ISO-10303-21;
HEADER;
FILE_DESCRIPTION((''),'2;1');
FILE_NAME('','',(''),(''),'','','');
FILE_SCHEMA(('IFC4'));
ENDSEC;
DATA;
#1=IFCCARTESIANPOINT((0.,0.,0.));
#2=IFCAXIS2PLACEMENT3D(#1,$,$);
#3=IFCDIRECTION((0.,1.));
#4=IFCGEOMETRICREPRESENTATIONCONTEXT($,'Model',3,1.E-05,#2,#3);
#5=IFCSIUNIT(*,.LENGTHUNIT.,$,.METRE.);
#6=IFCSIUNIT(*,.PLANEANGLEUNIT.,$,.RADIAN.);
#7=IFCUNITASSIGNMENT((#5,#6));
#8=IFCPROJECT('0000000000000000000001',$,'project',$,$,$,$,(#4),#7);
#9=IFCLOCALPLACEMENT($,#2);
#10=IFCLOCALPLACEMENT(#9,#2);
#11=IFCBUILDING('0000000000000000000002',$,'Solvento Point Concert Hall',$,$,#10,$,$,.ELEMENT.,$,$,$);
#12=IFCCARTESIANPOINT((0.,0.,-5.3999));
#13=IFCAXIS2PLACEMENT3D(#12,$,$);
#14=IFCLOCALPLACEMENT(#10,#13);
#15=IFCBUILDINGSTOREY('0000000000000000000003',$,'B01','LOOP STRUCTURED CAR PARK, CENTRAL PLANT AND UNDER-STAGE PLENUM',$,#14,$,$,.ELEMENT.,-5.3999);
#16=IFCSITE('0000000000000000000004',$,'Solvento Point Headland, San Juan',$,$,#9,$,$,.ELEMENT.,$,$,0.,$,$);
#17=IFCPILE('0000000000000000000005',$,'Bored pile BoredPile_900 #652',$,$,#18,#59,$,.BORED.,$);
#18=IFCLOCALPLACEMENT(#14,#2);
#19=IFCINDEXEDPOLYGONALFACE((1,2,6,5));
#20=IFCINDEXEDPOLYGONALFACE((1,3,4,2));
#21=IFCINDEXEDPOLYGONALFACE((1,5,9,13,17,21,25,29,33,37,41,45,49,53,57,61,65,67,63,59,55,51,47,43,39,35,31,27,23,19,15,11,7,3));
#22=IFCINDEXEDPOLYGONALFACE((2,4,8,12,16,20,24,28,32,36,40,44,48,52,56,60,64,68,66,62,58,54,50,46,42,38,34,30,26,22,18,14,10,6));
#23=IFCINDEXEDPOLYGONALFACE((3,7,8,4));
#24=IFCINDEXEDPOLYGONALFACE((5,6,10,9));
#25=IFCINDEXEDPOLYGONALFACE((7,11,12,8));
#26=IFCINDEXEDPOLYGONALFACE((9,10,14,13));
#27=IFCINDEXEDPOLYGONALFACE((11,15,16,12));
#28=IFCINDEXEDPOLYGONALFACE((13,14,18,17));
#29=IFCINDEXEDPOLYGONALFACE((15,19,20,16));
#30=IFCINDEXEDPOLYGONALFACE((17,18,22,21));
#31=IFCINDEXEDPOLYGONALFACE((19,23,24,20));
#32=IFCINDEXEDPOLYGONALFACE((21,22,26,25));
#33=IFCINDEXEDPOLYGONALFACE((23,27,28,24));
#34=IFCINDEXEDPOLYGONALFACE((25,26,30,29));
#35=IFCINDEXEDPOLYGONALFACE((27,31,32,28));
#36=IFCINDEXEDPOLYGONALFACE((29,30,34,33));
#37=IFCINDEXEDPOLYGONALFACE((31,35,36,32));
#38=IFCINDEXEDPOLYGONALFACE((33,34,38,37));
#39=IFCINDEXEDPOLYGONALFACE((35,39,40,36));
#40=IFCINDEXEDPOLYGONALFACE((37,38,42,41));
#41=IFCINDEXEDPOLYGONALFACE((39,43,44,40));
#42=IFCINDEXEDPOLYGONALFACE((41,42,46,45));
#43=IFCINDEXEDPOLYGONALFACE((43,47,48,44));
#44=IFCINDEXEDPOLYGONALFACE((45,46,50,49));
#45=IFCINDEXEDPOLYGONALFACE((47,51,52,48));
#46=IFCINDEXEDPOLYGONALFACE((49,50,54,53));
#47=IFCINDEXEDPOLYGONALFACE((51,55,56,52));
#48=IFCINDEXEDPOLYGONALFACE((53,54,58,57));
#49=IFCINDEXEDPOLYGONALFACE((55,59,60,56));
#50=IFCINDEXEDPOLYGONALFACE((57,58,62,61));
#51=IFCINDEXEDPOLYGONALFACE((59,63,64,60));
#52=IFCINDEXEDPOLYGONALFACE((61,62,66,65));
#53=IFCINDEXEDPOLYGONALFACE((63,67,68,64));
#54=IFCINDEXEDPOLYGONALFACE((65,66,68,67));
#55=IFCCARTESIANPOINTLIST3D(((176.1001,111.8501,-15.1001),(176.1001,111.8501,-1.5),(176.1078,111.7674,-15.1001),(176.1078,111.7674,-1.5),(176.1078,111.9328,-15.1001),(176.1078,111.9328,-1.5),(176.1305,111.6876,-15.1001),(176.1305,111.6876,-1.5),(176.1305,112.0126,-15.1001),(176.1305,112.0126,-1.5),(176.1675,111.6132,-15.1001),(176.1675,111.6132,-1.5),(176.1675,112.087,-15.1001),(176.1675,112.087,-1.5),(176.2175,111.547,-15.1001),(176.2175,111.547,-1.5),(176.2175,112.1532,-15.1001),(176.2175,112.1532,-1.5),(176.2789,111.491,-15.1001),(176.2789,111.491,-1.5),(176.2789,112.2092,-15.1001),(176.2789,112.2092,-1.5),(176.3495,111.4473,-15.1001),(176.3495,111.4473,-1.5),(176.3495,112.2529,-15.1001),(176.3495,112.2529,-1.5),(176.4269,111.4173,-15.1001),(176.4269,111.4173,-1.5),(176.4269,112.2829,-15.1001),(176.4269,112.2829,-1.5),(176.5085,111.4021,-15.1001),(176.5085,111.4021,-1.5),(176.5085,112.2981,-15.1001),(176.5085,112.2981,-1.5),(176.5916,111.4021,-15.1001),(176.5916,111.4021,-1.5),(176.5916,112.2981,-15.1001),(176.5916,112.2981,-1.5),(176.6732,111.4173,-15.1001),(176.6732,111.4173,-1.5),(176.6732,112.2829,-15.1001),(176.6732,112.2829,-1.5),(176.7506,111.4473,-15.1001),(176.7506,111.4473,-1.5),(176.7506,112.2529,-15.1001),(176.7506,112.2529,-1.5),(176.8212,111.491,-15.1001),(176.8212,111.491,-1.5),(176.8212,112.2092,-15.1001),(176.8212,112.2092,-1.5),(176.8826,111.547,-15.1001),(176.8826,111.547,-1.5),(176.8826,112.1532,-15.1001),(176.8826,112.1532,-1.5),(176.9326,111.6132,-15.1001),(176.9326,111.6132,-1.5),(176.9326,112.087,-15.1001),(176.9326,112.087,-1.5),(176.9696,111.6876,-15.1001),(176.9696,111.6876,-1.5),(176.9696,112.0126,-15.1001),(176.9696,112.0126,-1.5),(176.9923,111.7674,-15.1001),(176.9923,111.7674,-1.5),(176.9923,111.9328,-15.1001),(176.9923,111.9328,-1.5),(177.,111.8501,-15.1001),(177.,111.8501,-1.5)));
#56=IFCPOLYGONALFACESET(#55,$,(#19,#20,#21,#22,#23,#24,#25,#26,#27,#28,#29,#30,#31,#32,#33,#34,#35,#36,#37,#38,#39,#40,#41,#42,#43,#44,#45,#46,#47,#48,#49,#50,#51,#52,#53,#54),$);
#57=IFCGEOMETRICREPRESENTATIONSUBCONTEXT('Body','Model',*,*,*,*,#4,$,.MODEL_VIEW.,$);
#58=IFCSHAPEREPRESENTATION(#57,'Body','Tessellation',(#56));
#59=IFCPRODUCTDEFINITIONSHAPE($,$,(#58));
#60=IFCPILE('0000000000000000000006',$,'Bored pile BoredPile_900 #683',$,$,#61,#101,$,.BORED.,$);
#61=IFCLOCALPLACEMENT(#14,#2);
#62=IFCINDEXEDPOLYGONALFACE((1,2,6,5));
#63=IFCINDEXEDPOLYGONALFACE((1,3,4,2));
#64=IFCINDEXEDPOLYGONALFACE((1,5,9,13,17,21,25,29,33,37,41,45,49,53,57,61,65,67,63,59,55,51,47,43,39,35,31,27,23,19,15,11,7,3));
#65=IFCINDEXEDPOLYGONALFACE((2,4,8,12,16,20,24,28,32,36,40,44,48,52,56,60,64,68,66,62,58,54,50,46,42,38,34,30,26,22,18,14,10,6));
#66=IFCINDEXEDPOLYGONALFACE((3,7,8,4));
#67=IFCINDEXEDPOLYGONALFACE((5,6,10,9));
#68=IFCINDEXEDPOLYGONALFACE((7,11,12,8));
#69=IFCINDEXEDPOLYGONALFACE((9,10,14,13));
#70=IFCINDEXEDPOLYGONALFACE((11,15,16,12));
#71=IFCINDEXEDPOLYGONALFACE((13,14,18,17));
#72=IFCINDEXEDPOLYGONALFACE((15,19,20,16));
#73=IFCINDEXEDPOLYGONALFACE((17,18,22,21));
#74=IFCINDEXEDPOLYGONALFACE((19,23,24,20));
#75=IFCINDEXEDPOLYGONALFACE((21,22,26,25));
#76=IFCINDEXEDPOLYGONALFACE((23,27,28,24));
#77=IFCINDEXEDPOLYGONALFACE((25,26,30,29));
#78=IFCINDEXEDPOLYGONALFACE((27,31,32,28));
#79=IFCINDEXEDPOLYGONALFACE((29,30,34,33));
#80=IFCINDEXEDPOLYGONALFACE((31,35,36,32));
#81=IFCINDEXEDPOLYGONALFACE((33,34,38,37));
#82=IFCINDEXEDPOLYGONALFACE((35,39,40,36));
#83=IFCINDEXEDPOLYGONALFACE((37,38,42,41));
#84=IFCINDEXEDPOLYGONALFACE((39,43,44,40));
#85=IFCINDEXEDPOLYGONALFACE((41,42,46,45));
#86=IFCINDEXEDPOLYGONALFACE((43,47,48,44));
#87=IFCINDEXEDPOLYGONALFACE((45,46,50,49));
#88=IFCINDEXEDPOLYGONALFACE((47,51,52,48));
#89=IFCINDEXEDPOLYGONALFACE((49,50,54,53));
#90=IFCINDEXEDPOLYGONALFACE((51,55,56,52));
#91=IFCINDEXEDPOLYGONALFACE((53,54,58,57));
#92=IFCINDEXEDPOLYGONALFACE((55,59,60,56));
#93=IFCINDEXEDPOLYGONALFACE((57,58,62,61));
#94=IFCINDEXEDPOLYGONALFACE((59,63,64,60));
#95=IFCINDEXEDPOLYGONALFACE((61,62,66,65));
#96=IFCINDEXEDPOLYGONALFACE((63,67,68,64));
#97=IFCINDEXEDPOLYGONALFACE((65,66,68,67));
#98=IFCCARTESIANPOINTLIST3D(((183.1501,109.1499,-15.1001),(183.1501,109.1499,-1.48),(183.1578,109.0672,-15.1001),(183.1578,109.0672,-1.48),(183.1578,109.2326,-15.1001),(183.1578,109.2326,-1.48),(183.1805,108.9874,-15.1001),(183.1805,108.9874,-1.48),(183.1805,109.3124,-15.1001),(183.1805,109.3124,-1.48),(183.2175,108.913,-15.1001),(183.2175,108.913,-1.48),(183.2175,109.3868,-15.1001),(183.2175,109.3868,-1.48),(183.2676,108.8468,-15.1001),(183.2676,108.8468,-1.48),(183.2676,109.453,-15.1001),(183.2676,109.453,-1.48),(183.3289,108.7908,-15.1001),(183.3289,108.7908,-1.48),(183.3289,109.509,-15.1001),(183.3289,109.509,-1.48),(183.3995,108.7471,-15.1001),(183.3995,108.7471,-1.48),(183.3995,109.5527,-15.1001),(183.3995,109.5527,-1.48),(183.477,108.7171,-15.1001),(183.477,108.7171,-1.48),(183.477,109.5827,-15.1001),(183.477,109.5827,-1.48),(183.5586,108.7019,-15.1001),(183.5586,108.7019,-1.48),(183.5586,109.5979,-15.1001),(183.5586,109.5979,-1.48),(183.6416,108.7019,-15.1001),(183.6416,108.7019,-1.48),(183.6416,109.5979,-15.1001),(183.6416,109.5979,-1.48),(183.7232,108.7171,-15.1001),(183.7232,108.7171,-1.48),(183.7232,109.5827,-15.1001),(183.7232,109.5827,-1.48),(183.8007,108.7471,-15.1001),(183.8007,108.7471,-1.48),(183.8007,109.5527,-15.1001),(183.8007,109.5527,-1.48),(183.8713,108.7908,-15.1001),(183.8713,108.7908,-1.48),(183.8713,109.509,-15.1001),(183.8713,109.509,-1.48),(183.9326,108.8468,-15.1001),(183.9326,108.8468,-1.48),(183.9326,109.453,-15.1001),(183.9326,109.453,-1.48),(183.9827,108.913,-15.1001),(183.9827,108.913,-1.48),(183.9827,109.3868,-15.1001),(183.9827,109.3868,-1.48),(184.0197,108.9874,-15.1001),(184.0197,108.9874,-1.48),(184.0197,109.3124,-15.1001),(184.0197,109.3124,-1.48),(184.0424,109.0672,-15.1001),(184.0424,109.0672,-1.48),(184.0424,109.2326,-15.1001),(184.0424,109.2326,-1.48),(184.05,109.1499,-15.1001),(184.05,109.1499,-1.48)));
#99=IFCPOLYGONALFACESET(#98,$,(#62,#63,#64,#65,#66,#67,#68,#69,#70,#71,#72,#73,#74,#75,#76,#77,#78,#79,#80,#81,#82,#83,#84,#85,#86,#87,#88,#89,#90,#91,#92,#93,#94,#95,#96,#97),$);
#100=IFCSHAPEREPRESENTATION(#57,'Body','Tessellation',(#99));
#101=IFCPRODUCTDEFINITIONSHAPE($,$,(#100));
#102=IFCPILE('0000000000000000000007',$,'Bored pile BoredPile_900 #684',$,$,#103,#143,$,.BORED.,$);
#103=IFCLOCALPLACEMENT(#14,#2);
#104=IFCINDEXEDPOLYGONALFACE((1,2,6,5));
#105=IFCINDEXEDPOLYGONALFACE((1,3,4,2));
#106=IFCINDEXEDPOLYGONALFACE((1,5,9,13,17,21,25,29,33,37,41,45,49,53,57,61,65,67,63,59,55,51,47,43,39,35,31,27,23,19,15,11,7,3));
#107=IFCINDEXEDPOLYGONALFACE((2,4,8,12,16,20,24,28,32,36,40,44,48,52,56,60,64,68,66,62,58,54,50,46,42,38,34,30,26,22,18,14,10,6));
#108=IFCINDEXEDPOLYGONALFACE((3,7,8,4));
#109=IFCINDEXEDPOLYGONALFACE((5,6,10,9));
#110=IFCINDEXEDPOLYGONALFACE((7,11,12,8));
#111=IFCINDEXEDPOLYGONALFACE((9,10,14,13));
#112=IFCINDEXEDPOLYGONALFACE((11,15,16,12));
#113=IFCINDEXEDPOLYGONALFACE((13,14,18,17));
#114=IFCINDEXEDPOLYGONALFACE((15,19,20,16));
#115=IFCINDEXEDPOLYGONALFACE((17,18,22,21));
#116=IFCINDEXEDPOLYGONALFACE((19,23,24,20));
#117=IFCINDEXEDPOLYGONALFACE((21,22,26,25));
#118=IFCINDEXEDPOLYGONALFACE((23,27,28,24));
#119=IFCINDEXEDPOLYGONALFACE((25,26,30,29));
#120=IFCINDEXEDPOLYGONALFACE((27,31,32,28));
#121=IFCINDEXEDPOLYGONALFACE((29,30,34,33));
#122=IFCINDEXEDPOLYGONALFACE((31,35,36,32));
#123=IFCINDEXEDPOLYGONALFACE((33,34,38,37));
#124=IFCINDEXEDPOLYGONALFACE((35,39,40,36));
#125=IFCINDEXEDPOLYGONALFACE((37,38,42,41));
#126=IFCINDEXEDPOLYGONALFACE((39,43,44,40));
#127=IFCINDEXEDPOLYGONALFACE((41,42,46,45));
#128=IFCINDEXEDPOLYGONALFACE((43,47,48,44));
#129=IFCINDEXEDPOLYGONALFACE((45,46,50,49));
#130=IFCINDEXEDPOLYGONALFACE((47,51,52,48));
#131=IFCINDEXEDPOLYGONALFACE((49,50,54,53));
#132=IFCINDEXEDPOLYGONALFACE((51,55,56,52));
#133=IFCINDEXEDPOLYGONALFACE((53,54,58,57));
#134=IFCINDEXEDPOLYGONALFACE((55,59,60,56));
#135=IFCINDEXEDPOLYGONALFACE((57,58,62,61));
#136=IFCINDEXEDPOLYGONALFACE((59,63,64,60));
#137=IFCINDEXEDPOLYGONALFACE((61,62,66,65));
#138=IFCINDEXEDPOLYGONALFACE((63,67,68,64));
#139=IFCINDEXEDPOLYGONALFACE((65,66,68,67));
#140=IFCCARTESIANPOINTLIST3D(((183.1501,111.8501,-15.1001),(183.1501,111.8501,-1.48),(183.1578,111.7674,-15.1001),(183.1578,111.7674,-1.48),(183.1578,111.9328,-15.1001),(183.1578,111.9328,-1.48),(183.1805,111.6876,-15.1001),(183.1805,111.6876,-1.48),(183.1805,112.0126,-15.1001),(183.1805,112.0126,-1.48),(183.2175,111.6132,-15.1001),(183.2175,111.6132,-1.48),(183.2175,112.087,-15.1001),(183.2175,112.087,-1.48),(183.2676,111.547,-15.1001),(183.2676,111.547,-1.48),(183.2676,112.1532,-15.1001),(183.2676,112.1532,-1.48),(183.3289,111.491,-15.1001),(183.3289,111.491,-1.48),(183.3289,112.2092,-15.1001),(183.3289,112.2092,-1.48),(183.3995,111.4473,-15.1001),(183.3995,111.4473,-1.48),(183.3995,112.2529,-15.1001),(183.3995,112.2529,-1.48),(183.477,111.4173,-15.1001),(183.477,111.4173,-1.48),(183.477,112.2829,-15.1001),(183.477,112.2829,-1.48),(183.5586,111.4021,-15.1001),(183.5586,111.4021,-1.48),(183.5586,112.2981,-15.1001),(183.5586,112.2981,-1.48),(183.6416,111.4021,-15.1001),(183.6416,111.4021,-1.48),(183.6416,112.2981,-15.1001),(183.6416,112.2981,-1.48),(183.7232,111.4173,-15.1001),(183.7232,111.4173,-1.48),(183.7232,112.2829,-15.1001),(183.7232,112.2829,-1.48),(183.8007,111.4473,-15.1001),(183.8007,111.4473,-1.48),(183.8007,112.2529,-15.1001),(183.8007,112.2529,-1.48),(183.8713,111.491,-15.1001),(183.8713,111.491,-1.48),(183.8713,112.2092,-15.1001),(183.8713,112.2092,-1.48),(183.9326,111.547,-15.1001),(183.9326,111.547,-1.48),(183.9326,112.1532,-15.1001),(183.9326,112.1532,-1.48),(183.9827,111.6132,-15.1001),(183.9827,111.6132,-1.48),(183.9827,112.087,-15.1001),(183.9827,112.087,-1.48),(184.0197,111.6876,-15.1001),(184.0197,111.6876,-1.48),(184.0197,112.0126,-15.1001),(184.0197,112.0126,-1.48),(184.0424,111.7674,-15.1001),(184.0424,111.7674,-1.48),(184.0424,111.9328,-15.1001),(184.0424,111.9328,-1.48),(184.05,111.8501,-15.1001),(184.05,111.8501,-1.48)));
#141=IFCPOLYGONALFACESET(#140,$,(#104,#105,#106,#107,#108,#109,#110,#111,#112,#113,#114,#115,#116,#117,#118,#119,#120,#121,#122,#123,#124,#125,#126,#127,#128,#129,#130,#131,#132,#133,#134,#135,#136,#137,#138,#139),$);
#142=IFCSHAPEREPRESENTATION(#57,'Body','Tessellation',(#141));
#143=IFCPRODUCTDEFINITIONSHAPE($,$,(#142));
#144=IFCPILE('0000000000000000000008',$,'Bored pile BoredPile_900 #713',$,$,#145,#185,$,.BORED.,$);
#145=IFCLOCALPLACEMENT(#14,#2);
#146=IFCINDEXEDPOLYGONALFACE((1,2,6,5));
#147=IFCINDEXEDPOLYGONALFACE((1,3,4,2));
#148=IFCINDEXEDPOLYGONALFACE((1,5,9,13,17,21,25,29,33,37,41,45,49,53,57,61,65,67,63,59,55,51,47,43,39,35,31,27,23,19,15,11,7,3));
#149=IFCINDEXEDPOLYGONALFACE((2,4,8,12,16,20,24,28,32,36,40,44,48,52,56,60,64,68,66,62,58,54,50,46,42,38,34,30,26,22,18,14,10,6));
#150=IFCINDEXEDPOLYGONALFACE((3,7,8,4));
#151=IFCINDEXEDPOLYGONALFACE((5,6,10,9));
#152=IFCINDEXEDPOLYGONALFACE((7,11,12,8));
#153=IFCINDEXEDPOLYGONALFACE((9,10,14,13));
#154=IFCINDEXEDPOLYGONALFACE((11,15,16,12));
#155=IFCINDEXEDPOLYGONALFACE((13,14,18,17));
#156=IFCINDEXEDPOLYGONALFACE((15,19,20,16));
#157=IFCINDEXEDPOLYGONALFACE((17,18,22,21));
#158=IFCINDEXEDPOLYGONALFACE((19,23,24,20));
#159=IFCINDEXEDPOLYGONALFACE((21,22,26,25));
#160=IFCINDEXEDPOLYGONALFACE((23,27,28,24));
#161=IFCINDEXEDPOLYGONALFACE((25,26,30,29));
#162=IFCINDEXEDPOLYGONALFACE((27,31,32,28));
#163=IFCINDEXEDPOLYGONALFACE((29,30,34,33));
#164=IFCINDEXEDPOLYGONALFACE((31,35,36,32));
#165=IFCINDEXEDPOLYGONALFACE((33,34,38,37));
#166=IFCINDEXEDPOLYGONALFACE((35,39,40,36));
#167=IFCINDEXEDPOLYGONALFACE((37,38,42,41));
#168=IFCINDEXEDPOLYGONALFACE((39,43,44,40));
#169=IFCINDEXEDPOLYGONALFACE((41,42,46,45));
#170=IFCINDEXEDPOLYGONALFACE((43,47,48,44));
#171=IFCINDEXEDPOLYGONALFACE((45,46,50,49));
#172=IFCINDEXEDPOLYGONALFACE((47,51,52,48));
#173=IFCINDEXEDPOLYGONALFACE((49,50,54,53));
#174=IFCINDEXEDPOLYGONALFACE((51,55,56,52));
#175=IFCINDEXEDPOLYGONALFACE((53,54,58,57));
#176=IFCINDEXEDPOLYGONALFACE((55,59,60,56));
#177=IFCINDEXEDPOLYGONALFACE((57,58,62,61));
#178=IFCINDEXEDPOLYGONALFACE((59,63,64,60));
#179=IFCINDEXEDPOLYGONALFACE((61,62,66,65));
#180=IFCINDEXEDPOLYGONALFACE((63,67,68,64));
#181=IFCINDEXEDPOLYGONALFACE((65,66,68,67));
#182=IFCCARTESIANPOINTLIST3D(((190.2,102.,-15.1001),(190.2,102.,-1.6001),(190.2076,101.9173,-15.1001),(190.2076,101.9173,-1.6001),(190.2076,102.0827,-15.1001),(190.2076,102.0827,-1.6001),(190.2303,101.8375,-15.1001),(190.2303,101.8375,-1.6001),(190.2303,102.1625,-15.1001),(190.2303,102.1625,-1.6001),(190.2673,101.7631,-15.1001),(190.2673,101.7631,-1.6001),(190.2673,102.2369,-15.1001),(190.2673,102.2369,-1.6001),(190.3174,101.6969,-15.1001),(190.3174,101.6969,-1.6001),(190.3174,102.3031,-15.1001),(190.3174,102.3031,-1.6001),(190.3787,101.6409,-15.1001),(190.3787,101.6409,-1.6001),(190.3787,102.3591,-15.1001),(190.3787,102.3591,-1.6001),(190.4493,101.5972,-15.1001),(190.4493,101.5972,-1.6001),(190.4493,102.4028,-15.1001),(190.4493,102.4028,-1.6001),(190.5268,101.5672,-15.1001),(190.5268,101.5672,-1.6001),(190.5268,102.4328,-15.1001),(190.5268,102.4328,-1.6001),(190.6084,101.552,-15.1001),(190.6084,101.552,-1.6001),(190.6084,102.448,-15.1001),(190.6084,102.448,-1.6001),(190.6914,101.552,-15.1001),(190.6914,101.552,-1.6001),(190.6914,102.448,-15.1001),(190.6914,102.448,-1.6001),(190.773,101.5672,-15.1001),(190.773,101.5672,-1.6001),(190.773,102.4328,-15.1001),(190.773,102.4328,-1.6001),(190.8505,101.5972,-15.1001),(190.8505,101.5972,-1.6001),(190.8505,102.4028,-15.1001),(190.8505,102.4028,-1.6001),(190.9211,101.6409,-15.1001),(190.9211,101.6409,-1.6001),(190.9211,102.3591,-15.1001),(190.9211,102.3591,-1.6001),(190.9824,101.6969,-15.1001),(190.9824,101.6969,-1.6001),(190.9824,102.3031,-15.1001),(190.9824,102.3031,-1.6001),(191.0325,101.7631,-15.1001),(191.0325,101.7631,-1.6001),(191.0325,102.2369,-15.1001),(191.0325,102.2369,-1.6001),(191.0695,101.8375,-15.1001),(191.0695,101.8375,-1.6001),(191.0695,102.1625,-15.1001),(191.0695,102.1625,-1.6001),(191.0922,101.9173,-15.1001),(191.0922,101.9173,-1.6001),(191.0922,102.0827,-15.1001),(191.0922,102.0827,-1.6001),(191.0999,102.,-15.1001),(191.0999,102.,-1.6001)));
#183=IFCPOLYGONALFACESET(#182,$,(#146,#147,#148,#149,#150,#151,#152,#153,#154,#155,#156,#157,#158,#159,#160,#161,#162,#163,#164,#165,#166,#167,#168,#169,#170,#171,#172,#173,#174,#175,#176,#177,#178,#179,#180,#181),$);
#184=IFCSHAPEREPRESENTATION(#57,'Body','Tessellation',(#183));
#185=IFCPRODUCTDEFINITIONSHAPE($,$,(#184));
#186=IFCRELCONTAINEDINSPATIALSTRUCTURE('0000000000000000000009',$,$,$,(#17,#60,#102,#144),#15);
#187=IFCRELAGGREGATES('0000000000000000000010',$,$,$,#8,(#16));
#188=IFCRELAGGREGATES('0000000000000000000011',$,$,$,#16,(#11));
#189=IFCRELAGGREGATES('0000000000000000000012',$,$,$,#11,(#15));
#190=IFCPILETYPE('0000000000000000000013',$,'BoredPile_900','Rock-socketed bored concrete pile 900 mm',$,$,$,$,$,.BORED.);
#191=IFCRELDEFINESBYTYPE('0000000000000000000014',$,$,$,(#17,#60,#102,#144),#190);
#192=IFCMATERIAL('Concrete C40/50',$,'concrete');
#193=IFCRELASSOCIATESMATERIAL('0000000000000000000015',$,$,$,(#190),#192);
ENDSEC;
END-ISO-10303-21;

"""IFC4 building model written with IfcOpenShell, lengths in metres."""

from ifc_helpers import new_model, si_unit, direction, frame, origin, origin_2d, place, context, subcontext, project, spatial, circle, extrude, material, material_profile, profile_set, type_object, element, save


model = new_model("IFC4")

# Units and contexts
model_context = context("Model", 3, precision=1e-05, world=origin(), true_north=direction((0.0, 1.0)))
body_context = subcontext(model_context, "Body", "Model", "MODEL_VIEW")
ifc_project = project(units=[si_unit("LENGTHUNIT", "METRE"), si_unit("PLANEANGLEUNIT", "RADIAN")], contexts=[model_context])

# Site, building, storey
site_placement = place(None, origin())
site = spatial("IfcSite", under=ifc_project, at=site_placement, Name="Solvento Point Headland, San Juan", CompositionType="ELEMENT", RefElevation=0.0)
building_placement = place(site_placement, origin())
building = spatial("IfcBuilding", under=site, at=building_placement, Name="Solvento Point Concert Hall", CompositionType="ELEMENT")
storey_placement = place(building_placement, frame((0.0, 0.0, -5.3999)))
storey = spatial("IfcBuildingStorey", under=building, at=storey_placement, Name="B01", Description="LOOP STRUCTURED CAR PARK, CENTRAL PLANT AND UNDER-STAGE PLENUM", CompositionType="ELEMENT", Elevation=-5.3999)

# Piles
ifc_material_1 = material(Name="Concrete C40/50", Category="concrete")
ifc_material_profile_1 = material_profile(ifc_material_1, circle(Radius=0.45, at=origin_2d()), Name="BP-900")
ifc_profile_set_1 = profile_set([ifc_material_profile_1], Name="Concrete C40/50")
pile_type_1 = type_object("IfcPileType", Name="BoredPile_900", Description="Rock-socketed bored concrete pile 900 mm", PredefinedType="BORED", material=ifc_profile_set_1)
for number, where, z_axis, x_axis, name in (
    (1, (176.55, 111.8501, -1.5), (0.0, 0.0, -1.0), (1.0, 0.0, 0.0), "Bored pile BoredPile_900 #652"),
):
    element("IfcPile", number, at=place(storey_placement, frame(where, z_axis=z_axis, x_axis=x_axis)), inside=storey, type_object=pile_type_1, Name=name, PredefinedType="BORED", context=body_context, shape_type="SweptSolid", body=[
        extrude(circle(Radius=0.45, at=origin_2d()), origin(), (0.0, 0.0, 1.0), 13.6001),
    ])
for number, where, z_axis, x_axis, name in (
    (2, (183.6001, 109.1499, -1.48), (0.0, 0.0, -1.0), (1.0, 0.0, 0.0), "Bored pile BoredPile_900 #683"),
    (3, (183.6001, 111.8501, -1.48), (0.0, 0.0, -1.0), (1.0, 0.0, 0.0), "Bored pile BoredPile_900 #684"),
):
    element("IfcPile", number, at=place(storey_placement, frame(where, z_axis=z_axis, x_axis=x_axis)), inside=storey, type_object=pile_type_1, Name=name, PredefinedType="BORED", context=body_context, shape_type="SweptSolid", body=[
        extrude(circle(Radius=0.45, at=origin_2d()), origin(), (0.0, 0.0, 1.0), 13.6201),
    ])
pile_1_placement = place(storey_placement, frame((190.6499, 102.0, -1.6001), z_axis=(0.0, 0.0, -1.0), x_axis=(1.0, 0.0, 0.0)))
element("IfcPile", 4, at=pile_1_placement, inside=storey, type_object=pile_type_1, Name="Bored pile BoredPile_900 #713", PredefinedType="BORED", context=body_context, shape_type="SweptSolid", body=[
    extrude(circle(Radius=0.45, at=origin_2d()), origin(), (0.0, 0.0, 1.0), 13.5),
])

save(model, "model.ifc")
